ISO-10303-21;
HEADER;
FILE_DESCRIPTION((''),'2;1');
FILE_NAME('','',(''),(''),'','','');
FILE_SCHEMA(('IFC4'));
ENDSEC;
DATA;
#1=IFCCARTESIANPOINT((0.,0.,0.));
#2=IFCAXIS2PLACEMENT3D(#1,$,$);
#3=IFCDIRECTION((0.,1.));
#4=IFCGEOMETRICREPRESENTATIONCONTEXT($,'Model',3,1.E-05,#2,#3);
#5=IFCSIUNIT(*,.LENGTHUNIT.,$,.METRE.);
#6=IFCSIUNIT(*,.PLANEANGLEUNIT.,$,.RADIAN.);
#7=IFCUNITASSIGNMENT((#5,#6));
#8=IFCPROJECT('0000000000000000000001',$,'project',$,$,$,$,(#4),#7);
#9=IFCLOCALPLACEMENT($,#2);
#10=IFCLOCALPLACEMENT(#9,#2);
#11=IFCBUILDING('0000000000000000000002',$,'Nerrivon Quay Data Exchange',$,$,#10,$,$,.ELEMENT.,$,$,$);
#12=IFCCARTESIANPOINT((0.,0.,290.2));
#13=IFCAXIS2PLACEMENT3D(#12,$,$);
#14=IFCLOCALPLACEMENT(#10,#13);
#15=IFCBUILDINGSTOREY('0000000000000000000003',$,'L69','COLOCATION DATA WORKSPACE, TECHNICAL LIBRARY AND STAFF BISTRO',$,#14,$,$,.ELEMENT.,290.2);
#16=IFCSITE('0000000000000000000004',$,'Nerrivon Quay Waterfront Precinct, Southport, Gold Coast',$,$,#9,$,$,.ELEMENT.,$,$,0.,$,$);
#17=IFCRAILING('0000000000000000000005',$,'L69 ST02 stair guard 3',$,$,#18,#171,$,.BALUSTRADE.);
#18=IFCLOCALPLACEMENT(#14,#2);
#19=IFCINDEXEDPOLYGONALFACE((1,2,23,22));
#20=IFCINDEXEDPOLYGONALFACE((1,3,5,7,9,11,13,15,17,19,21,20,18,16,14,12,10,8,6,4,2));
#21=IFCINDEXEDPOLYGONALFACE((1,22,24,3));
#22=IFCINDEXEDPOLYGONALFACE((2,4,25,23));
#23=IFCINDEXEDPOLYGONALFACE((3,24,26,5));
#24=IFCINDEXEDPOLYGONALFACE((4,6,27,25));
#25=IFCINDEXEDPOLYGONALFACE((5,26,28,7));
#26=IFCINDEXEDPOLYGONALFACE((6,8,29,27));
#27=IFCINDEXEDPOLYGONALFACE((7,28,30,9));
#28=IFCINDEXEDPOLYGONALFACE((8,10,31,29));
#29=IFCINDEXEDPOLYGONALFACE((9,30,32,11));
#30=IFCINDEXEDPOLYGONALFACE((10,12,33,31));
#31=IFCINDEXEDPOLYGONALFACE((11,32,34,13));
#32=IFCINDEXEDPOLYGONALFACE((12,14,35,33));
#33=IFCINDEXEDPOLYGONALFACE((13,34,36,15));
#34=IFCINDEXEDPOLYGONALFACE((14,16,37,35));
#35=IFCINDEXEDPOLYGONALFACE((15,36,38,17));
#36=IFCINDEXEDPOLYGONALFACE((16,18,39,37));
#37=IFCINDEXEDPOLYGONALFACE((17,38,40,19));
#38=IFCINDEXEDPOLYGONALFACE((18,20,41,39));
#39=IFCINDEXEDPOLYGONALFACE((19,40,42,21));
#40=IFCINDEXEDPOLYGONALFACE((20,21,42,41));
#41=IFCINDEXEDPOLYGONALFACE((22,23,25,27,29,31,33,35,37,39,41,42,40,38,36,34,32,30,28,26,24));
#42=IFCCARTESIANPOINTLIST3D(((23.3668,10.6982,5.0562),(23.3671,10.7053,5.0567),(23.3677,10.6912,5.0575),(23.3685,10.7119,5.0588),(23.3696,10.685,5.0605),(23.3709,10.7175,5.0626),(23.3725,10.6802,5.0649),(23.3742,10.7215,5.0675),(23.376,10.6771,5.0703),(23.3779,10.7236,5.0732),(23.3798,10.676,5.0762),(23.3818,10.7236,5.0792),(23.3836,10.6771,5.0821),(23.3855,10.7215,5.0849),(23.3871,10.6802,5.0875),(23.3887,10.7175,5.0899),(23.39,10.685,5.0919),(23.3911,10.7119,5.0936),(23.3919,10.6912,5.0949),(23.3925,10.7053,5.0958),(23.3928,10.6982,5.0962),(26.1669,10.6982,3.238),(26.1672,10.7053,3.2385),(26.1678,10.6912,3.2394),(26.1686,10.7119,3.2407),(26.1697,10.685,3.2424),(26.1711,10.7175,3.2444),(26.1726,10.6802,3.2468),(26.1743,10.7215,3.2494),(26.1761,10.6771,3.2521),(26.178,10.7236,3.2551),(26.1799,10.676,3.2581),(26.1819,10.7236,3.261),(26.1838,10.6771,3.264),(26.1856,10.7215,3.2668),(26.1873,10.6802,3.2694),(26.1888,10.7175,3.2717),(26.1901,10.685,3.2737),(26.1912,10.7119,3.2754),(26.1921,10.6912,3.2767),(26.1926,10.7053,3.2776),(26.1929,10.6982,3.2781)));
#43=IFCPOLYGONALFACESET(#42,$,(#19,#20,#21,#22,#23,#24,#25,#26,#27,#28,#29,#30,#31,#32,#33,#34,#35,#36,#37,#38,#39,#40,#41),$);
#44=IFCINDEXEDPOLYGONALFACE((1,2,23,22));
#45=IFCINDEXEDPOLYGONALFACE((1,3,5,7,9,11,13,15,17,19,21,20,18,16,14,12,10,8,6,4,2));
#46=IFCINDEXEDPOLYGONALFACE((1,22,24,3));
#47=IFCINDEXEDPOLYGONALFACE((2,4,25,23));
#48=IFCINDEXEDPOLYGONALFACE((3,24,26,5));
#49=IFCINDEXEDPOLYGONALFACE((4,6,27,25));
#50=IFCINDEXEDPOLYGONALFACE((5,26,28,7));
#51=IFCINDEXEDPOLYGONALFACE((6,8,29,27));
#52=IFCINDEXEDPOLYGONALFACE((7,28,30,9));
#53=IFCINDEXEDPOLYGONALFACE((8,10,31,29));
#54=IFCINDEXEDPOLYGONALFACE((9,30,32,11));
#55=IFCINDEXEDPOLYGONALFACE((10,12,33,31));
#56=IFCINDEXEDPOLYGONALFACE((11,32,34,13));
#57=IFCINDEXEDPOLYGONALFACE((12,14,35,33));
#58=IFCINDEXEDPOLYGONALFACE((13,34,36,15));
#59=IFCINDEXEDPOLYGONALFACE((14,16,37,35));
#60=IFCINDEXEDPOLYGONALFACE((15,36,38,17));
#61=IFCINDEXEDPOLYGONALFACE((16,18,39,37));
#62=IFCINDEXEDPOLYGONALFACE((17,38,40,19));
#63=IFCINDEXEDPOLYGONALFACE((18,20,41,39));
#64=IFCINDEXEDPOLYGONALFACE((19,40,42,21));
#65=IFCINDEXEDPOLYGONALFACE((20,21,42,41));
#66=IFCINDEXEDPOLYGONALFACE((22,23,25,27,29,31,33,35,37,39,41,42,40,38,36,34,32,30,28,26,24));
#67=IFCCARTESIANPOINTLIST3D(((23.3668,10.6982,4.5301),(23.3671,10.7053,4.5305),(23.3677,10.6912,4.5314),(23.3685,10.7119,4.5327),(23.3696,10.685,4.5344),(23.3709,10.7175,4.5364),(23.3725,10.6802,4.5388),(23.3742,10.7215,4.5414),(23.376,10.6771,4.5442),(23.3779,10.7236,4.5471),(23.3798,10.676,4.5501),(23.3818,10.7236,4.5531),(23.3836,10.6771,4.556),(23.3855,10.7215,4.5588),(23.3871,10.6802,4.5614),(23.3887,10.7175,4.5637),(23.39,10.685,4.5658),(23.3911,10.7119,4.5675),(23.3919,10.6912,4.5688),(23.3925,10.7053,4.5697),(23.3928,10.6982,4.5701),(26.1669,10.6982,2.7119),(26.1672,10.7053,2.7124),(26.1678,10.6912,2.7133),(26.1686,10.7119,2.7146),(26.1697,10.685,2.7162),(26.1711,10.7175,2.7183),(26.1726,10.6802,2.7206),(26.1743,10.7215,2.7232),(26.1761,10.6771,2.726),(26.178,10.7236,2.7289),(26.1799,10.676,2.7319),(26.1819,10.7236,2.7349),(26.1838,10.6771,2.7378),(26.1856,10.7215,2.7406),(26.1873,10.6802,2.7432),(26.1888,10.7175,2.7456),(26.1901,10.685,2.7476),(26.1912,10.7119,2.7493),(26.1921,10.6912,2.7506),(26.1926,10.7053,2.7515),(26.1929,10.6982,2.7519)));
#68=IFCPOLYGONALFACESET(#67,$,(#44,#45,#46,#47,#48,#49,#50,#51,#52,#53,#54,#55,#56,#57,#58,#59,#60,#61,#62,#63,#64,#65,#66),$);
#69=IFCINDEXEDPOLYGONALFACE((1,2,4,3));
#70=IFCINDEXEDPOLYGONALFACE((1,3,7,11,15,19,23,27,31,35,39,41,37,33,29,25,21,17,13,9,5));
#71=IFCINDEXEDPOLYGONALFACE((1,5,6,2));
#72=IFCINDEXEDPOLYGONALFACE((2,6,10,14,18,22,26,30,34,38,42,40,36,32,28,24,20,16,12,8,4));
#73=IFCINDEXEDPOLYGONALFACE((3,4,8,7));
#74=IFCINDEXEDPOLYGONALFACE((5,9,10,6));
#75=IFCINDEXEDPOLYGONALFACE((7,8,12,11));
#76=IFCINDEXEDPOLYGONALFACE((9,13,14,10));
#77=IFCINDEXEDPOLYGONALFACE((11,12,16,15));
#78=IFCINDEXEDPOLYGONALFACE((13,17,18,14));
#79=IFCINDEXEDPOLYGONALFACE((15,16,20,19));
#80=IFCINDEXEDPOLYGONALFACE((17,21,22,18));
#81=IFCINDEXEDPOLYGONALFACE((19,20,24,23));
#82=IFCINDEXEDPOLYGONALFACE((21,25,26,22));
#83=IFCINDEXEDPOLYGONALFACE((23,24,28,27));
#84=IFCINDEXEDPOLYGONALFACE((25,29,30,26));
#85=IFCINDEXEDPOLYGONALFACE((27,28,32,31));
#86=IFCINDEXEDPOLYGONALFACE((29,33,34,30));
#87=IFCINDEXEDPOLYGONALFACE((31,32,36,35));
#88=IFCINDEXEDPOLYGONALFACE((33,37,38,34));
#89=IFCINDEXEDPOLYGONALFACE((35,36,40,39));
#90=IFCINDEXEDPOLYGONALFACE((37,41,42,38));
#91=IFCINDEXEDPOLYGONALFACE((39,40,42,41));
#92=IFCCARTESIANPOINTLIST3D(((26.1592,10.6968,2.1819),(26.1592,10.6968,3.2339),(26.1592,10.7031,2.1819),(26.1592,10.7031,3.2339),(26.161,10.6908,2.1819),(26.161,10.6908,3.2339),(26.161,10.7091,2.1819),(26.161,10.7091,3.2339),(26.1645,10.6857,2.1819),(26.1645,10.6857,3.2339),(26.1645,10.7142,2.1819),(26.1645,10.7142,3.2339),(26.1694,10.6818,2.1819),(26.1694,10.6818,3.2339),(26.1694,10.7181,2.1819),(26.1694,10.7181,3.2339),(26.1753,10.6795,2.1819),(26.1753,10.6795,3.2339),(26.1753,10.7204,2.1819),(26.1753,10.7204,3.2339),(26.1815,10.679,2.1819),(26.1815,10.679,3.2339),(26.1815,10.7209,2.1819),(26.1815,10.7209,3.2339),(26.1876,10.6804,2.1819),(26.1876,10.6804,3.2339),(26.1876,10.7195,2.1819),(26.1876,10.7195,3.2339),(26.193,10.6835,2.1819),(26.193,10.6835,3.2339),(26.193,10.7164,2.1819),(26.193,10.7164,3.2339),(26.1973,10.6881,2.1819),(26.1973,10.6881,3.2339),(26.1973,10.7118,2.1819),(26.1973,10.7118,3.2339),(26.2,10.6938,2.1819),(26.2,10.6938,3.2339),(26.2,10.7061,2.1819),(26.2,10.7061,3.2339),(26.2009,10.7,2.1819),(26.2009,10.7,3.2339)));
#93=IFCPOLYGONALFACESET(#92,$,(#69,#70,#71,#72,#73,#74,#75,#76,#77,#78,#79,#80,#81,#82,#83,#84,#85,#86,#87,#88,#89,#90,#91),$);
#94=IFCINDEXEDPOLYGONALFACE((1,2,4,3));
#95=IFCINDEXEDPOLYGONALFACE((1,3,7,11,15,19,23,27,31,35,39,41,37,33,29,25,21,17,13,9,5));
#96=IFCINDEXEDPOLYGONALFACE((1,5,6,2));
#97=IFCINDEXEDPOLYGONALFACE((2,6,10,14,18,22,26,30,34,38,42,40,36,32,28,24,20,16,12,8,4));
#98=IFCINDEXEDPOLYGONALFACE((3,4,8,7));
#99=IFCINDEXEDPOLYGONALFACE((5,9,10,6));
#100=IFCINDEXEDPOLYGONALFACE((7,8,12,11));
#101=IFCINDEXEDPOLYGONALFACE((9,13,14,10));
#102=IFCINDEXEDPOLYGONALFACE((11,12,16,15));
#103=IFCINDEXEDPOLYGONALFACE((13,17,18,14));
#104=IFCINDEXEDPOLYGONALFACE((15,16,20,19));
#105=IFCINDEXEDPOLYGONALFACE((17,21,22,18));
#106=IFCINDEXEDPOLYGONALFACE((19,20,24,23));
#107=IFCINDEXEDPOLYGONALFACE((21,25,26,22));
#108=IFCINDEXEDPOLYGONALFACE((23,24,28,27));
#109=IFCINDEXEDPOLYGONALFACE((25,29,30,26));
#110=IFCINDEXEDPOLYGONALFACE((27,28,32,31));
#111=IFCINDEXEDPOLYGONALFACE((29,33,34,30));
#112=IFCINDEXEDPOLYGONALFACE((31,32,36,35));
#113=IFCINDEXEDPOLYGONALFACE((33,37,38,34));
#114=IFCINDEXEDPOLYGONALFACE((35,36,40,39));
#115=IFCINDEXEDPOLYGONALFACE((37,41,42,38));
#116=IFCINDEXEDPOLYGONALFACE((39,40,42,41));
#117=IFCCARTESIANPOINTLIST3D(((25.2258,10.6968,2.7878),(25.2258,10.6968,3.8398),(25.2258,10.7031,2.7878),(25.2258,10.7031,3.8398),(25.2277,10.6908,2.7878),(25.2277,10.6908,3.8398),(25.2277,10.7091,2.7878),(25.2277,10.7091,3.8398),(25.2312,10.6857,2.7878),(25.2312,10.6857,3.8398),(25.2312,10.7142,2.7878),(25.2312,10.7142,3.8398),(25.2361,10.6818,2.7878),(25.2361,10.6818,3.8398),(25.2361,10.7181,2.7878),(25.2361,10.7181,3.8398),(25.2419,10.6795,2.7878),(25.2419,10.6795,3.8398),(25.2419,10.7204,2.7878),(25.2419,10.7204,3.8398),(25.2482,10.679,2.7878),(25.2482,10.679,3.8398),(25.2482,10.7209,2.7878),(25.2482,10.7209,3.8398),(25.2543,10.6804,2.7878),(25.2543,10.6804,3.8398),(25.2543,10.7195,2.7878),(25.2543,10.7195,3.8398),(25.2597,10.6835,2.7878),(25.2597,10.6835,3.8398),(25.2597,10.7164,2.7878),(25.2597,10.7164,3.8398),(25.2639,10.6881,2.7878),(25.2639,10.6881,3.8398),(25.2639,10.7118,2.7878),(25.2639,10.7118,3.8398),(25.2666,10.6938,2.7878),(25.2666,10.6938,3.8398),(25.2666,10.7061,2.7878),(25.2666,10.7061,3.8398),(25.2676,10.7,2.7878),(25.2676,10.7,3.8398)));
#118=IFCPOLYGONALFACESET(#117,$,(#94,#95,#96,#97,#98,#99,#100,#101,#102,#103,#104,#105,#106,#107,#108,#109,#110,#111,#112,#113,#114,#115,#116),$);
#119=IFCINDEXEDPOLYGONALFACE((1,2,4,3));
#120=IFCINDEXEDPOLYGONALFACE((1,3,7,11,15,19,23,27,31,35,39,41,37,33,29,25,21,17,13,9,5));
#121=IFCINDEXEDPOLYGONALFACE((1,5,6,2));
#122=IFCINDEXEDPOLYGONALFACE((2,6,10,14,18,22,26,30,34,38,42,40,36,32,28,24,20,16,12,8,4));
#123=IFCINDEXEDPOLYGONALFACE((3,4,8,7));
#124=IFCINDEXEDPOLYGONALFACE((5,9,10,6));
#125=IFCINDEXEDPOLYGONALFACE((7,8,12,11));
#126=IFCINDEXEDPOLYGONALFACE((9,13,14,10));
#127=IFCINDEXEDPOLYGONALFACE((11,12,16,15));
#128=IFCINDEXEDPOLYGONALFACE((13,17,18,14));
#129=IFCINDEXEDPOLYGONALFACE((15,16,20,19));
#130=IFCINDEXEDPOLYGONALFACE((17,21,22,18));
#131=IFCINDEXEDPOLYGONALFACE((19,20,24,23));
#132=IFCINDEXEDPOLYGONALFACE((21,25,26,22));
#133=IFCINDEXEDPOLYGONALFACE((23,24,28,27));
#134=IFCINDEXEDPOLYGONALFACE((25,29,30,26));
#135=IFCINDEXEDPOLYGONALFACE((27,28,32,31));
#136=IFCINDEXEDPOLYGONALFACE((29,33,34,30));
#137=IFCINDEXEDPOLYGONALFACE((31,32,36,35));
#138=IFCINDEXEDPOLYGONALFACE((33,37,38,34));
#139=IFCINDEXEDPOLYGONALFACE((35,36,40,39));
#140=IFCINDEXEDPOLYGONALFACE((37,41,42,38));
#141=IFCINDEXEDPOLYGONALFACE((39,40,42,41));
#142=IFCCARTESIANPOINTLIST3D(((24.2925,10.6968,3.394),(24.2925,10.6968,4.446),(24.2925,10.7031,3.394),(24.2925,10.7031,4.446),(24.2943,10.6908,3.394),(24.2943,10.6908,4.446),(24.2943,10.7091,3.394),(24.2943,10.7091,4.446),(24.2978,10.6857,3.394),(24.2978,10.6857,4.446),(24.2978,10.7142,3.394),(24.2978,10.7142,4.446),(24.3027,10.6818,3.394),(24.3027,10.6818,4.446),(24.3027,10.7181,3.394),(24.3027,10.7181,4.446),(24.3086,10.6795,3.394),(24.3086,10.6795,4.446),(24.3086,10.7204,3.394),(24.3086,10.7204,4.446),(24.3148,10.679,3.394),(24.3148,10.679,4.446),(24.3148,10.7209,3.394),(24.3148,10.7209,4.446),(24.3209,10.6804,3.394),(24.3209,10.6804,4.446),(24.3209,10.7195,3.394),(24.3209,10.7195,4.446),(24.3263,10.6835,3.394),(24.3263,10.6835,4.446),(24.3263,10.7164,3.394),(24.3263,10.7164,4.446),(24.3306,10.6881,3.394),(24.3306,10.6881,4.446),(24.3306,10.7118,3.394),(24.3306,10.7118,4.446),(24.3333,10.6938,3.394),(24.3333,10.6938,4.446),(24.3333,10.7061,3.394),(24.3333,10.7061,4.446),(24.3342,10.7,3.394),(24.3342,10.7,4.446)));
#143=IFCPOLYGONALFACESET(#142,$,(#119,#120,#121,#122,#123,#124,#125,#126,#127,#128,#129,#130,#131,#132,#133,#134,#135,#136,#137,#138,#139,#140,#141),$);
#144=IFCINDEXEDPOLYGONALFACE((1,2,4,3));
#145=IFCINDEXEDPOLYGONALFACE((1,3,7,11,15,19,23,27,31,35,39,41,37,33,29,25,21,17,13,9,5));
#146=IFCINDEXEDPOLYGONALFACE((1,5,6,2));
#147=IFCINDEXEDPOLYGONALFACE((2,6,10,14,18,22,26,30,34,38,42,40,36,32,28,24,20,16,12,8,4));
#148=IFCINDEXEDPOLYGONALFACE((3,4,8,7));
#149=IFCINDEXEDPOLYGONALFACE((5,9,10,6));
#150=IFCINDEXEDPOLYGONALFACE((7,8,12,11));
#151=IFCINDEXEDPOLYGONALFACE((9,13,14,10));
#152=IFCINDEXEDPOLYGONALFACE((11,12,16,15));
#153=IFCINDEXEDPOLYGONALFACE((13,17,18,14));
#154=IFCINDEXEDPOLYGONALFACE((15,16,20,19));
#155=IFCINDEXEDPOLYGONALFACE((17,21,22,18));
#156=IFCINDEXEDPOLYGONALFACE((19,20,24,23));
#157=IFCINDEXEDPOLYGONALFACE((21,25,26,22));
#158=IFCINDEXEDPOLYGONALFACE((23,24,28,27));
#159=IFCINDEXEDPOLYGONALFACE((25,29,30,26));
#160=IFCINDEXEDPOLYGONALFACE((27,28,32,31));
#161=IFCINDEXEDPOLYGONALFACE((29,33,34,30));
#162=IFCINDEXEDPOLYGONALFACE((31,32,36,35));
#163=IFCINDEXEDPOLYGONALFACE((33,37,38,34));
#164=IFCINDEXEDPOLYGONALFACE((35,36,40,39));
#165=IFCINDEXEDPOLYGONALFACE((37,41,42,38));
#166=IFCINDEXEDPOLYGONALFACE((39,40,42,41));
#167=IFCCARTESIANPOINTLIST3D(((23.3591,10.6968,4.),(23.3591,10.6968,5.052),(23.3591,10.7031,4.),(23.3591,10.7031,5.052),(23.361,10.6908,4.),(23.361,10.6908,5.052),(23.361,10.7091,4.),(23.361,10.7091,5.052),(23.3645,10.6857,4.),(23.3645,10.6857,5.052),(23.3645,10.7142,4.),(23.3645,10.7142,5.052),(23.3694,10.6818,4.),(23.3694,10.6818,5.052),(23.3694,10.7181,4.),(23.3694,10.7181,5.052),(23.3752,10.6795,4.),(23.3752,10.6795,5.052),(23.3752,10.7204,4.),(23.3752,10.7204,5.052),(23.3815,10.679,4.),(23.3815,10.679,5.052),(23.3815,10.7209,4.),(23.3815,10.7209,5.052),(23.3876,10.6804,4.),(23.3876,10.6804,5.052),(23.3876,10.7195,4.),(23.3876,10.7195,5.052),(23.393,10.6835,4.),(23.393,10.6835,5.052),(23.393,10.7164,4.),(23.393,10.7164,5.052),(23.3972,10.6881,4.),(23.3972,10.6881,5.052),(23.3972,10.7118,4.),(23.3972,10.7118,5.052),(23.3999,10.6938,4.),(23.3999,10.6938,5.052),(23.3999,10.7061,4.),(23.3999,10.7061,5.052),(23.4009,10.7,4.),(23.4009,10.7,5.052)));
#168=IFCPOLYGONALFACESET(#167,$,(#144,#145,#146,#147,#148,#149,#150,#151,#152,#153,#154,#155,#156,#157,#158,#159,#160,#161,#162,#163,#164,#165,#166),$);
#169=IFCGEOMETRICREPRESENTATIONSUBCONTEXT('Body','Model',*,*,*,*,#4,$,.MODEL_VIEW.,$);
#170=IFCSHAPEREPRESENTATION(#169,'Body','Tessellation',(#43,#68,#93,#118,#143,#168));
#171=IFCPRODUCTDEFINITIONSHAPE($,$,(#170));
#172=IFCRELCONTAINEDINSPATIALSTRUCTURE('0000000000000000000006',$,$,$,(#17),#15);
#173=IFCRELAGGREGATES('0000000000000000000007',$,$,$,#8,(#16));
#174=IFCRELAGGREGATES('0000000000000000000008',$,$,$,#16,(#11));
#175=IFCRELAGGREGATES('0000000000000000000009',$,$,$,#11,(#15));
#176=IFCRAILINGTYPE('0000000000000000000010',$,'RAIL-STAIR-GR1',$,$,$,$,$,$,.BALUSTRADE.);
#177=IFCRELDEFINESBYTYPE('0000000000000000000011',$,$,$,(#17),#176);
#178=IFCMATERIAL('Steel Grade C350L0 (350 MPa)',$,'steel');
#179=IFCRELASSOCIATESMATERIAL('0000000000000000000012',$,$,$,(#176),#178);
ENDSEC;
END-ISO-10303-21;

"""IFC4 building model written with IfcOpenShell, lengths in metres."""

from ifc_helpers import new_model, si_unit, direction, frame, origin, origin_2d, place, context, subcontext, project, spatial, circle, extrude, material, type_object, element, save


model = new_model("IFC4")

# Units and contexts
model_context = context("Model", 3, precision=1e-05, world=origin(), true_north=direction((0.0, 1.0)))
body_context = subcontext(model_context, "Body", "Model", "MODEL_VIEW")
ifc_project = project(units=[si_unit("LENGTHUNIT", "METRE"), si_unit("PLANEANGLEUNIT", "RADIAN")], contexts=[model_context])

# Site, building, storey
site_placement = place(None, origin())
site = spatial("IfcSite", under=ifc_project, at=site_placement, Name="Nerrivon Quay Waterfront Precinct, Southport, Gold Coast", CompositionType="ELEMENT", RefElevation=0.0)
building_placement = place(site_placement, origin())
building = spatial("IfcBuilding", under=site, at=building_placement, Name="Nerrivon Quay Data Exchange", CompositionType="ELEMENT")
storey_placement = place(building_placement, frame((0.0, 0.0, 290.2)))
storey = spatial("IfcBuildingStorey", under=building, at=storey_placement, Name="L69", Description="COLOCATION DATA WORKSPACE, TECHNICAL LIBRARY AND STAFF BISTRO", CompositionType="ELEMENT", Elevation=290.2)

# Shared definitions
ifc_material_1 = material(Name="Steel Grade C350L0 (350 MPa)", Category="steel")

# Railing
railing_type_1 = type_object("IfcRailingType", Name="RAIL-STAIR-GR1", PredefinedType="BALUSTRADE", material=ifc_material_1)
railing_1_placement = place(storey_placement, frame((26.1799, 10.7, 2.1819)))
element("IfcRailing", 1, at=railing_1_placement, inside=storey, type_object=railing_type_1, Name="L69 ST02 stair guard 3", PredefinedType="BALUSTRADE", context=body_context, shape_type="SweptSolid", body=[
    extrude(circle(Radius=0.0239, at=origin_2d()), frame((0.0, 0.0, 1.0762), z_axis=(-0.838706, 0.0, 0.544585), x_axis=(0.0, -1.0, 0.0)), (0.0, 0.0, 1.0), 3.3386),
    extrude(circle(Radius=0.0239, at=origin_2d()), frame((0.0, 0.0, 0.55), z_axis=(-0.838706, 0.0, 0.544585), x_axis=(0.0, -1.0, 0.0)), (0.0, 0.0, 1.0), 3.3386),
    extrude(circle(Radius=0.021, at=origin_2d()), origin(), (0.0, 0.0, 1.0), 1.052),
    extrude(circle(Radius=0.021, at=origin_2d()), frame((-0.9333, 0.0, 0.606)), (0.0, 0.0, 1.0), 1.052),
    extrude(circle(Radius=0.021, at=origin_2d()), frame((-1.8667, 0.0, 1.2122)), (0.0, 0.0, 1.0), 1.052),
    extrude(circle(Radius=0.021, at=origin_2d()), frame((-2.8, 0.0, 1.8181)), (0.0, 0.0, 1.0), 1.052),
])

save(model, "model.ifc")
